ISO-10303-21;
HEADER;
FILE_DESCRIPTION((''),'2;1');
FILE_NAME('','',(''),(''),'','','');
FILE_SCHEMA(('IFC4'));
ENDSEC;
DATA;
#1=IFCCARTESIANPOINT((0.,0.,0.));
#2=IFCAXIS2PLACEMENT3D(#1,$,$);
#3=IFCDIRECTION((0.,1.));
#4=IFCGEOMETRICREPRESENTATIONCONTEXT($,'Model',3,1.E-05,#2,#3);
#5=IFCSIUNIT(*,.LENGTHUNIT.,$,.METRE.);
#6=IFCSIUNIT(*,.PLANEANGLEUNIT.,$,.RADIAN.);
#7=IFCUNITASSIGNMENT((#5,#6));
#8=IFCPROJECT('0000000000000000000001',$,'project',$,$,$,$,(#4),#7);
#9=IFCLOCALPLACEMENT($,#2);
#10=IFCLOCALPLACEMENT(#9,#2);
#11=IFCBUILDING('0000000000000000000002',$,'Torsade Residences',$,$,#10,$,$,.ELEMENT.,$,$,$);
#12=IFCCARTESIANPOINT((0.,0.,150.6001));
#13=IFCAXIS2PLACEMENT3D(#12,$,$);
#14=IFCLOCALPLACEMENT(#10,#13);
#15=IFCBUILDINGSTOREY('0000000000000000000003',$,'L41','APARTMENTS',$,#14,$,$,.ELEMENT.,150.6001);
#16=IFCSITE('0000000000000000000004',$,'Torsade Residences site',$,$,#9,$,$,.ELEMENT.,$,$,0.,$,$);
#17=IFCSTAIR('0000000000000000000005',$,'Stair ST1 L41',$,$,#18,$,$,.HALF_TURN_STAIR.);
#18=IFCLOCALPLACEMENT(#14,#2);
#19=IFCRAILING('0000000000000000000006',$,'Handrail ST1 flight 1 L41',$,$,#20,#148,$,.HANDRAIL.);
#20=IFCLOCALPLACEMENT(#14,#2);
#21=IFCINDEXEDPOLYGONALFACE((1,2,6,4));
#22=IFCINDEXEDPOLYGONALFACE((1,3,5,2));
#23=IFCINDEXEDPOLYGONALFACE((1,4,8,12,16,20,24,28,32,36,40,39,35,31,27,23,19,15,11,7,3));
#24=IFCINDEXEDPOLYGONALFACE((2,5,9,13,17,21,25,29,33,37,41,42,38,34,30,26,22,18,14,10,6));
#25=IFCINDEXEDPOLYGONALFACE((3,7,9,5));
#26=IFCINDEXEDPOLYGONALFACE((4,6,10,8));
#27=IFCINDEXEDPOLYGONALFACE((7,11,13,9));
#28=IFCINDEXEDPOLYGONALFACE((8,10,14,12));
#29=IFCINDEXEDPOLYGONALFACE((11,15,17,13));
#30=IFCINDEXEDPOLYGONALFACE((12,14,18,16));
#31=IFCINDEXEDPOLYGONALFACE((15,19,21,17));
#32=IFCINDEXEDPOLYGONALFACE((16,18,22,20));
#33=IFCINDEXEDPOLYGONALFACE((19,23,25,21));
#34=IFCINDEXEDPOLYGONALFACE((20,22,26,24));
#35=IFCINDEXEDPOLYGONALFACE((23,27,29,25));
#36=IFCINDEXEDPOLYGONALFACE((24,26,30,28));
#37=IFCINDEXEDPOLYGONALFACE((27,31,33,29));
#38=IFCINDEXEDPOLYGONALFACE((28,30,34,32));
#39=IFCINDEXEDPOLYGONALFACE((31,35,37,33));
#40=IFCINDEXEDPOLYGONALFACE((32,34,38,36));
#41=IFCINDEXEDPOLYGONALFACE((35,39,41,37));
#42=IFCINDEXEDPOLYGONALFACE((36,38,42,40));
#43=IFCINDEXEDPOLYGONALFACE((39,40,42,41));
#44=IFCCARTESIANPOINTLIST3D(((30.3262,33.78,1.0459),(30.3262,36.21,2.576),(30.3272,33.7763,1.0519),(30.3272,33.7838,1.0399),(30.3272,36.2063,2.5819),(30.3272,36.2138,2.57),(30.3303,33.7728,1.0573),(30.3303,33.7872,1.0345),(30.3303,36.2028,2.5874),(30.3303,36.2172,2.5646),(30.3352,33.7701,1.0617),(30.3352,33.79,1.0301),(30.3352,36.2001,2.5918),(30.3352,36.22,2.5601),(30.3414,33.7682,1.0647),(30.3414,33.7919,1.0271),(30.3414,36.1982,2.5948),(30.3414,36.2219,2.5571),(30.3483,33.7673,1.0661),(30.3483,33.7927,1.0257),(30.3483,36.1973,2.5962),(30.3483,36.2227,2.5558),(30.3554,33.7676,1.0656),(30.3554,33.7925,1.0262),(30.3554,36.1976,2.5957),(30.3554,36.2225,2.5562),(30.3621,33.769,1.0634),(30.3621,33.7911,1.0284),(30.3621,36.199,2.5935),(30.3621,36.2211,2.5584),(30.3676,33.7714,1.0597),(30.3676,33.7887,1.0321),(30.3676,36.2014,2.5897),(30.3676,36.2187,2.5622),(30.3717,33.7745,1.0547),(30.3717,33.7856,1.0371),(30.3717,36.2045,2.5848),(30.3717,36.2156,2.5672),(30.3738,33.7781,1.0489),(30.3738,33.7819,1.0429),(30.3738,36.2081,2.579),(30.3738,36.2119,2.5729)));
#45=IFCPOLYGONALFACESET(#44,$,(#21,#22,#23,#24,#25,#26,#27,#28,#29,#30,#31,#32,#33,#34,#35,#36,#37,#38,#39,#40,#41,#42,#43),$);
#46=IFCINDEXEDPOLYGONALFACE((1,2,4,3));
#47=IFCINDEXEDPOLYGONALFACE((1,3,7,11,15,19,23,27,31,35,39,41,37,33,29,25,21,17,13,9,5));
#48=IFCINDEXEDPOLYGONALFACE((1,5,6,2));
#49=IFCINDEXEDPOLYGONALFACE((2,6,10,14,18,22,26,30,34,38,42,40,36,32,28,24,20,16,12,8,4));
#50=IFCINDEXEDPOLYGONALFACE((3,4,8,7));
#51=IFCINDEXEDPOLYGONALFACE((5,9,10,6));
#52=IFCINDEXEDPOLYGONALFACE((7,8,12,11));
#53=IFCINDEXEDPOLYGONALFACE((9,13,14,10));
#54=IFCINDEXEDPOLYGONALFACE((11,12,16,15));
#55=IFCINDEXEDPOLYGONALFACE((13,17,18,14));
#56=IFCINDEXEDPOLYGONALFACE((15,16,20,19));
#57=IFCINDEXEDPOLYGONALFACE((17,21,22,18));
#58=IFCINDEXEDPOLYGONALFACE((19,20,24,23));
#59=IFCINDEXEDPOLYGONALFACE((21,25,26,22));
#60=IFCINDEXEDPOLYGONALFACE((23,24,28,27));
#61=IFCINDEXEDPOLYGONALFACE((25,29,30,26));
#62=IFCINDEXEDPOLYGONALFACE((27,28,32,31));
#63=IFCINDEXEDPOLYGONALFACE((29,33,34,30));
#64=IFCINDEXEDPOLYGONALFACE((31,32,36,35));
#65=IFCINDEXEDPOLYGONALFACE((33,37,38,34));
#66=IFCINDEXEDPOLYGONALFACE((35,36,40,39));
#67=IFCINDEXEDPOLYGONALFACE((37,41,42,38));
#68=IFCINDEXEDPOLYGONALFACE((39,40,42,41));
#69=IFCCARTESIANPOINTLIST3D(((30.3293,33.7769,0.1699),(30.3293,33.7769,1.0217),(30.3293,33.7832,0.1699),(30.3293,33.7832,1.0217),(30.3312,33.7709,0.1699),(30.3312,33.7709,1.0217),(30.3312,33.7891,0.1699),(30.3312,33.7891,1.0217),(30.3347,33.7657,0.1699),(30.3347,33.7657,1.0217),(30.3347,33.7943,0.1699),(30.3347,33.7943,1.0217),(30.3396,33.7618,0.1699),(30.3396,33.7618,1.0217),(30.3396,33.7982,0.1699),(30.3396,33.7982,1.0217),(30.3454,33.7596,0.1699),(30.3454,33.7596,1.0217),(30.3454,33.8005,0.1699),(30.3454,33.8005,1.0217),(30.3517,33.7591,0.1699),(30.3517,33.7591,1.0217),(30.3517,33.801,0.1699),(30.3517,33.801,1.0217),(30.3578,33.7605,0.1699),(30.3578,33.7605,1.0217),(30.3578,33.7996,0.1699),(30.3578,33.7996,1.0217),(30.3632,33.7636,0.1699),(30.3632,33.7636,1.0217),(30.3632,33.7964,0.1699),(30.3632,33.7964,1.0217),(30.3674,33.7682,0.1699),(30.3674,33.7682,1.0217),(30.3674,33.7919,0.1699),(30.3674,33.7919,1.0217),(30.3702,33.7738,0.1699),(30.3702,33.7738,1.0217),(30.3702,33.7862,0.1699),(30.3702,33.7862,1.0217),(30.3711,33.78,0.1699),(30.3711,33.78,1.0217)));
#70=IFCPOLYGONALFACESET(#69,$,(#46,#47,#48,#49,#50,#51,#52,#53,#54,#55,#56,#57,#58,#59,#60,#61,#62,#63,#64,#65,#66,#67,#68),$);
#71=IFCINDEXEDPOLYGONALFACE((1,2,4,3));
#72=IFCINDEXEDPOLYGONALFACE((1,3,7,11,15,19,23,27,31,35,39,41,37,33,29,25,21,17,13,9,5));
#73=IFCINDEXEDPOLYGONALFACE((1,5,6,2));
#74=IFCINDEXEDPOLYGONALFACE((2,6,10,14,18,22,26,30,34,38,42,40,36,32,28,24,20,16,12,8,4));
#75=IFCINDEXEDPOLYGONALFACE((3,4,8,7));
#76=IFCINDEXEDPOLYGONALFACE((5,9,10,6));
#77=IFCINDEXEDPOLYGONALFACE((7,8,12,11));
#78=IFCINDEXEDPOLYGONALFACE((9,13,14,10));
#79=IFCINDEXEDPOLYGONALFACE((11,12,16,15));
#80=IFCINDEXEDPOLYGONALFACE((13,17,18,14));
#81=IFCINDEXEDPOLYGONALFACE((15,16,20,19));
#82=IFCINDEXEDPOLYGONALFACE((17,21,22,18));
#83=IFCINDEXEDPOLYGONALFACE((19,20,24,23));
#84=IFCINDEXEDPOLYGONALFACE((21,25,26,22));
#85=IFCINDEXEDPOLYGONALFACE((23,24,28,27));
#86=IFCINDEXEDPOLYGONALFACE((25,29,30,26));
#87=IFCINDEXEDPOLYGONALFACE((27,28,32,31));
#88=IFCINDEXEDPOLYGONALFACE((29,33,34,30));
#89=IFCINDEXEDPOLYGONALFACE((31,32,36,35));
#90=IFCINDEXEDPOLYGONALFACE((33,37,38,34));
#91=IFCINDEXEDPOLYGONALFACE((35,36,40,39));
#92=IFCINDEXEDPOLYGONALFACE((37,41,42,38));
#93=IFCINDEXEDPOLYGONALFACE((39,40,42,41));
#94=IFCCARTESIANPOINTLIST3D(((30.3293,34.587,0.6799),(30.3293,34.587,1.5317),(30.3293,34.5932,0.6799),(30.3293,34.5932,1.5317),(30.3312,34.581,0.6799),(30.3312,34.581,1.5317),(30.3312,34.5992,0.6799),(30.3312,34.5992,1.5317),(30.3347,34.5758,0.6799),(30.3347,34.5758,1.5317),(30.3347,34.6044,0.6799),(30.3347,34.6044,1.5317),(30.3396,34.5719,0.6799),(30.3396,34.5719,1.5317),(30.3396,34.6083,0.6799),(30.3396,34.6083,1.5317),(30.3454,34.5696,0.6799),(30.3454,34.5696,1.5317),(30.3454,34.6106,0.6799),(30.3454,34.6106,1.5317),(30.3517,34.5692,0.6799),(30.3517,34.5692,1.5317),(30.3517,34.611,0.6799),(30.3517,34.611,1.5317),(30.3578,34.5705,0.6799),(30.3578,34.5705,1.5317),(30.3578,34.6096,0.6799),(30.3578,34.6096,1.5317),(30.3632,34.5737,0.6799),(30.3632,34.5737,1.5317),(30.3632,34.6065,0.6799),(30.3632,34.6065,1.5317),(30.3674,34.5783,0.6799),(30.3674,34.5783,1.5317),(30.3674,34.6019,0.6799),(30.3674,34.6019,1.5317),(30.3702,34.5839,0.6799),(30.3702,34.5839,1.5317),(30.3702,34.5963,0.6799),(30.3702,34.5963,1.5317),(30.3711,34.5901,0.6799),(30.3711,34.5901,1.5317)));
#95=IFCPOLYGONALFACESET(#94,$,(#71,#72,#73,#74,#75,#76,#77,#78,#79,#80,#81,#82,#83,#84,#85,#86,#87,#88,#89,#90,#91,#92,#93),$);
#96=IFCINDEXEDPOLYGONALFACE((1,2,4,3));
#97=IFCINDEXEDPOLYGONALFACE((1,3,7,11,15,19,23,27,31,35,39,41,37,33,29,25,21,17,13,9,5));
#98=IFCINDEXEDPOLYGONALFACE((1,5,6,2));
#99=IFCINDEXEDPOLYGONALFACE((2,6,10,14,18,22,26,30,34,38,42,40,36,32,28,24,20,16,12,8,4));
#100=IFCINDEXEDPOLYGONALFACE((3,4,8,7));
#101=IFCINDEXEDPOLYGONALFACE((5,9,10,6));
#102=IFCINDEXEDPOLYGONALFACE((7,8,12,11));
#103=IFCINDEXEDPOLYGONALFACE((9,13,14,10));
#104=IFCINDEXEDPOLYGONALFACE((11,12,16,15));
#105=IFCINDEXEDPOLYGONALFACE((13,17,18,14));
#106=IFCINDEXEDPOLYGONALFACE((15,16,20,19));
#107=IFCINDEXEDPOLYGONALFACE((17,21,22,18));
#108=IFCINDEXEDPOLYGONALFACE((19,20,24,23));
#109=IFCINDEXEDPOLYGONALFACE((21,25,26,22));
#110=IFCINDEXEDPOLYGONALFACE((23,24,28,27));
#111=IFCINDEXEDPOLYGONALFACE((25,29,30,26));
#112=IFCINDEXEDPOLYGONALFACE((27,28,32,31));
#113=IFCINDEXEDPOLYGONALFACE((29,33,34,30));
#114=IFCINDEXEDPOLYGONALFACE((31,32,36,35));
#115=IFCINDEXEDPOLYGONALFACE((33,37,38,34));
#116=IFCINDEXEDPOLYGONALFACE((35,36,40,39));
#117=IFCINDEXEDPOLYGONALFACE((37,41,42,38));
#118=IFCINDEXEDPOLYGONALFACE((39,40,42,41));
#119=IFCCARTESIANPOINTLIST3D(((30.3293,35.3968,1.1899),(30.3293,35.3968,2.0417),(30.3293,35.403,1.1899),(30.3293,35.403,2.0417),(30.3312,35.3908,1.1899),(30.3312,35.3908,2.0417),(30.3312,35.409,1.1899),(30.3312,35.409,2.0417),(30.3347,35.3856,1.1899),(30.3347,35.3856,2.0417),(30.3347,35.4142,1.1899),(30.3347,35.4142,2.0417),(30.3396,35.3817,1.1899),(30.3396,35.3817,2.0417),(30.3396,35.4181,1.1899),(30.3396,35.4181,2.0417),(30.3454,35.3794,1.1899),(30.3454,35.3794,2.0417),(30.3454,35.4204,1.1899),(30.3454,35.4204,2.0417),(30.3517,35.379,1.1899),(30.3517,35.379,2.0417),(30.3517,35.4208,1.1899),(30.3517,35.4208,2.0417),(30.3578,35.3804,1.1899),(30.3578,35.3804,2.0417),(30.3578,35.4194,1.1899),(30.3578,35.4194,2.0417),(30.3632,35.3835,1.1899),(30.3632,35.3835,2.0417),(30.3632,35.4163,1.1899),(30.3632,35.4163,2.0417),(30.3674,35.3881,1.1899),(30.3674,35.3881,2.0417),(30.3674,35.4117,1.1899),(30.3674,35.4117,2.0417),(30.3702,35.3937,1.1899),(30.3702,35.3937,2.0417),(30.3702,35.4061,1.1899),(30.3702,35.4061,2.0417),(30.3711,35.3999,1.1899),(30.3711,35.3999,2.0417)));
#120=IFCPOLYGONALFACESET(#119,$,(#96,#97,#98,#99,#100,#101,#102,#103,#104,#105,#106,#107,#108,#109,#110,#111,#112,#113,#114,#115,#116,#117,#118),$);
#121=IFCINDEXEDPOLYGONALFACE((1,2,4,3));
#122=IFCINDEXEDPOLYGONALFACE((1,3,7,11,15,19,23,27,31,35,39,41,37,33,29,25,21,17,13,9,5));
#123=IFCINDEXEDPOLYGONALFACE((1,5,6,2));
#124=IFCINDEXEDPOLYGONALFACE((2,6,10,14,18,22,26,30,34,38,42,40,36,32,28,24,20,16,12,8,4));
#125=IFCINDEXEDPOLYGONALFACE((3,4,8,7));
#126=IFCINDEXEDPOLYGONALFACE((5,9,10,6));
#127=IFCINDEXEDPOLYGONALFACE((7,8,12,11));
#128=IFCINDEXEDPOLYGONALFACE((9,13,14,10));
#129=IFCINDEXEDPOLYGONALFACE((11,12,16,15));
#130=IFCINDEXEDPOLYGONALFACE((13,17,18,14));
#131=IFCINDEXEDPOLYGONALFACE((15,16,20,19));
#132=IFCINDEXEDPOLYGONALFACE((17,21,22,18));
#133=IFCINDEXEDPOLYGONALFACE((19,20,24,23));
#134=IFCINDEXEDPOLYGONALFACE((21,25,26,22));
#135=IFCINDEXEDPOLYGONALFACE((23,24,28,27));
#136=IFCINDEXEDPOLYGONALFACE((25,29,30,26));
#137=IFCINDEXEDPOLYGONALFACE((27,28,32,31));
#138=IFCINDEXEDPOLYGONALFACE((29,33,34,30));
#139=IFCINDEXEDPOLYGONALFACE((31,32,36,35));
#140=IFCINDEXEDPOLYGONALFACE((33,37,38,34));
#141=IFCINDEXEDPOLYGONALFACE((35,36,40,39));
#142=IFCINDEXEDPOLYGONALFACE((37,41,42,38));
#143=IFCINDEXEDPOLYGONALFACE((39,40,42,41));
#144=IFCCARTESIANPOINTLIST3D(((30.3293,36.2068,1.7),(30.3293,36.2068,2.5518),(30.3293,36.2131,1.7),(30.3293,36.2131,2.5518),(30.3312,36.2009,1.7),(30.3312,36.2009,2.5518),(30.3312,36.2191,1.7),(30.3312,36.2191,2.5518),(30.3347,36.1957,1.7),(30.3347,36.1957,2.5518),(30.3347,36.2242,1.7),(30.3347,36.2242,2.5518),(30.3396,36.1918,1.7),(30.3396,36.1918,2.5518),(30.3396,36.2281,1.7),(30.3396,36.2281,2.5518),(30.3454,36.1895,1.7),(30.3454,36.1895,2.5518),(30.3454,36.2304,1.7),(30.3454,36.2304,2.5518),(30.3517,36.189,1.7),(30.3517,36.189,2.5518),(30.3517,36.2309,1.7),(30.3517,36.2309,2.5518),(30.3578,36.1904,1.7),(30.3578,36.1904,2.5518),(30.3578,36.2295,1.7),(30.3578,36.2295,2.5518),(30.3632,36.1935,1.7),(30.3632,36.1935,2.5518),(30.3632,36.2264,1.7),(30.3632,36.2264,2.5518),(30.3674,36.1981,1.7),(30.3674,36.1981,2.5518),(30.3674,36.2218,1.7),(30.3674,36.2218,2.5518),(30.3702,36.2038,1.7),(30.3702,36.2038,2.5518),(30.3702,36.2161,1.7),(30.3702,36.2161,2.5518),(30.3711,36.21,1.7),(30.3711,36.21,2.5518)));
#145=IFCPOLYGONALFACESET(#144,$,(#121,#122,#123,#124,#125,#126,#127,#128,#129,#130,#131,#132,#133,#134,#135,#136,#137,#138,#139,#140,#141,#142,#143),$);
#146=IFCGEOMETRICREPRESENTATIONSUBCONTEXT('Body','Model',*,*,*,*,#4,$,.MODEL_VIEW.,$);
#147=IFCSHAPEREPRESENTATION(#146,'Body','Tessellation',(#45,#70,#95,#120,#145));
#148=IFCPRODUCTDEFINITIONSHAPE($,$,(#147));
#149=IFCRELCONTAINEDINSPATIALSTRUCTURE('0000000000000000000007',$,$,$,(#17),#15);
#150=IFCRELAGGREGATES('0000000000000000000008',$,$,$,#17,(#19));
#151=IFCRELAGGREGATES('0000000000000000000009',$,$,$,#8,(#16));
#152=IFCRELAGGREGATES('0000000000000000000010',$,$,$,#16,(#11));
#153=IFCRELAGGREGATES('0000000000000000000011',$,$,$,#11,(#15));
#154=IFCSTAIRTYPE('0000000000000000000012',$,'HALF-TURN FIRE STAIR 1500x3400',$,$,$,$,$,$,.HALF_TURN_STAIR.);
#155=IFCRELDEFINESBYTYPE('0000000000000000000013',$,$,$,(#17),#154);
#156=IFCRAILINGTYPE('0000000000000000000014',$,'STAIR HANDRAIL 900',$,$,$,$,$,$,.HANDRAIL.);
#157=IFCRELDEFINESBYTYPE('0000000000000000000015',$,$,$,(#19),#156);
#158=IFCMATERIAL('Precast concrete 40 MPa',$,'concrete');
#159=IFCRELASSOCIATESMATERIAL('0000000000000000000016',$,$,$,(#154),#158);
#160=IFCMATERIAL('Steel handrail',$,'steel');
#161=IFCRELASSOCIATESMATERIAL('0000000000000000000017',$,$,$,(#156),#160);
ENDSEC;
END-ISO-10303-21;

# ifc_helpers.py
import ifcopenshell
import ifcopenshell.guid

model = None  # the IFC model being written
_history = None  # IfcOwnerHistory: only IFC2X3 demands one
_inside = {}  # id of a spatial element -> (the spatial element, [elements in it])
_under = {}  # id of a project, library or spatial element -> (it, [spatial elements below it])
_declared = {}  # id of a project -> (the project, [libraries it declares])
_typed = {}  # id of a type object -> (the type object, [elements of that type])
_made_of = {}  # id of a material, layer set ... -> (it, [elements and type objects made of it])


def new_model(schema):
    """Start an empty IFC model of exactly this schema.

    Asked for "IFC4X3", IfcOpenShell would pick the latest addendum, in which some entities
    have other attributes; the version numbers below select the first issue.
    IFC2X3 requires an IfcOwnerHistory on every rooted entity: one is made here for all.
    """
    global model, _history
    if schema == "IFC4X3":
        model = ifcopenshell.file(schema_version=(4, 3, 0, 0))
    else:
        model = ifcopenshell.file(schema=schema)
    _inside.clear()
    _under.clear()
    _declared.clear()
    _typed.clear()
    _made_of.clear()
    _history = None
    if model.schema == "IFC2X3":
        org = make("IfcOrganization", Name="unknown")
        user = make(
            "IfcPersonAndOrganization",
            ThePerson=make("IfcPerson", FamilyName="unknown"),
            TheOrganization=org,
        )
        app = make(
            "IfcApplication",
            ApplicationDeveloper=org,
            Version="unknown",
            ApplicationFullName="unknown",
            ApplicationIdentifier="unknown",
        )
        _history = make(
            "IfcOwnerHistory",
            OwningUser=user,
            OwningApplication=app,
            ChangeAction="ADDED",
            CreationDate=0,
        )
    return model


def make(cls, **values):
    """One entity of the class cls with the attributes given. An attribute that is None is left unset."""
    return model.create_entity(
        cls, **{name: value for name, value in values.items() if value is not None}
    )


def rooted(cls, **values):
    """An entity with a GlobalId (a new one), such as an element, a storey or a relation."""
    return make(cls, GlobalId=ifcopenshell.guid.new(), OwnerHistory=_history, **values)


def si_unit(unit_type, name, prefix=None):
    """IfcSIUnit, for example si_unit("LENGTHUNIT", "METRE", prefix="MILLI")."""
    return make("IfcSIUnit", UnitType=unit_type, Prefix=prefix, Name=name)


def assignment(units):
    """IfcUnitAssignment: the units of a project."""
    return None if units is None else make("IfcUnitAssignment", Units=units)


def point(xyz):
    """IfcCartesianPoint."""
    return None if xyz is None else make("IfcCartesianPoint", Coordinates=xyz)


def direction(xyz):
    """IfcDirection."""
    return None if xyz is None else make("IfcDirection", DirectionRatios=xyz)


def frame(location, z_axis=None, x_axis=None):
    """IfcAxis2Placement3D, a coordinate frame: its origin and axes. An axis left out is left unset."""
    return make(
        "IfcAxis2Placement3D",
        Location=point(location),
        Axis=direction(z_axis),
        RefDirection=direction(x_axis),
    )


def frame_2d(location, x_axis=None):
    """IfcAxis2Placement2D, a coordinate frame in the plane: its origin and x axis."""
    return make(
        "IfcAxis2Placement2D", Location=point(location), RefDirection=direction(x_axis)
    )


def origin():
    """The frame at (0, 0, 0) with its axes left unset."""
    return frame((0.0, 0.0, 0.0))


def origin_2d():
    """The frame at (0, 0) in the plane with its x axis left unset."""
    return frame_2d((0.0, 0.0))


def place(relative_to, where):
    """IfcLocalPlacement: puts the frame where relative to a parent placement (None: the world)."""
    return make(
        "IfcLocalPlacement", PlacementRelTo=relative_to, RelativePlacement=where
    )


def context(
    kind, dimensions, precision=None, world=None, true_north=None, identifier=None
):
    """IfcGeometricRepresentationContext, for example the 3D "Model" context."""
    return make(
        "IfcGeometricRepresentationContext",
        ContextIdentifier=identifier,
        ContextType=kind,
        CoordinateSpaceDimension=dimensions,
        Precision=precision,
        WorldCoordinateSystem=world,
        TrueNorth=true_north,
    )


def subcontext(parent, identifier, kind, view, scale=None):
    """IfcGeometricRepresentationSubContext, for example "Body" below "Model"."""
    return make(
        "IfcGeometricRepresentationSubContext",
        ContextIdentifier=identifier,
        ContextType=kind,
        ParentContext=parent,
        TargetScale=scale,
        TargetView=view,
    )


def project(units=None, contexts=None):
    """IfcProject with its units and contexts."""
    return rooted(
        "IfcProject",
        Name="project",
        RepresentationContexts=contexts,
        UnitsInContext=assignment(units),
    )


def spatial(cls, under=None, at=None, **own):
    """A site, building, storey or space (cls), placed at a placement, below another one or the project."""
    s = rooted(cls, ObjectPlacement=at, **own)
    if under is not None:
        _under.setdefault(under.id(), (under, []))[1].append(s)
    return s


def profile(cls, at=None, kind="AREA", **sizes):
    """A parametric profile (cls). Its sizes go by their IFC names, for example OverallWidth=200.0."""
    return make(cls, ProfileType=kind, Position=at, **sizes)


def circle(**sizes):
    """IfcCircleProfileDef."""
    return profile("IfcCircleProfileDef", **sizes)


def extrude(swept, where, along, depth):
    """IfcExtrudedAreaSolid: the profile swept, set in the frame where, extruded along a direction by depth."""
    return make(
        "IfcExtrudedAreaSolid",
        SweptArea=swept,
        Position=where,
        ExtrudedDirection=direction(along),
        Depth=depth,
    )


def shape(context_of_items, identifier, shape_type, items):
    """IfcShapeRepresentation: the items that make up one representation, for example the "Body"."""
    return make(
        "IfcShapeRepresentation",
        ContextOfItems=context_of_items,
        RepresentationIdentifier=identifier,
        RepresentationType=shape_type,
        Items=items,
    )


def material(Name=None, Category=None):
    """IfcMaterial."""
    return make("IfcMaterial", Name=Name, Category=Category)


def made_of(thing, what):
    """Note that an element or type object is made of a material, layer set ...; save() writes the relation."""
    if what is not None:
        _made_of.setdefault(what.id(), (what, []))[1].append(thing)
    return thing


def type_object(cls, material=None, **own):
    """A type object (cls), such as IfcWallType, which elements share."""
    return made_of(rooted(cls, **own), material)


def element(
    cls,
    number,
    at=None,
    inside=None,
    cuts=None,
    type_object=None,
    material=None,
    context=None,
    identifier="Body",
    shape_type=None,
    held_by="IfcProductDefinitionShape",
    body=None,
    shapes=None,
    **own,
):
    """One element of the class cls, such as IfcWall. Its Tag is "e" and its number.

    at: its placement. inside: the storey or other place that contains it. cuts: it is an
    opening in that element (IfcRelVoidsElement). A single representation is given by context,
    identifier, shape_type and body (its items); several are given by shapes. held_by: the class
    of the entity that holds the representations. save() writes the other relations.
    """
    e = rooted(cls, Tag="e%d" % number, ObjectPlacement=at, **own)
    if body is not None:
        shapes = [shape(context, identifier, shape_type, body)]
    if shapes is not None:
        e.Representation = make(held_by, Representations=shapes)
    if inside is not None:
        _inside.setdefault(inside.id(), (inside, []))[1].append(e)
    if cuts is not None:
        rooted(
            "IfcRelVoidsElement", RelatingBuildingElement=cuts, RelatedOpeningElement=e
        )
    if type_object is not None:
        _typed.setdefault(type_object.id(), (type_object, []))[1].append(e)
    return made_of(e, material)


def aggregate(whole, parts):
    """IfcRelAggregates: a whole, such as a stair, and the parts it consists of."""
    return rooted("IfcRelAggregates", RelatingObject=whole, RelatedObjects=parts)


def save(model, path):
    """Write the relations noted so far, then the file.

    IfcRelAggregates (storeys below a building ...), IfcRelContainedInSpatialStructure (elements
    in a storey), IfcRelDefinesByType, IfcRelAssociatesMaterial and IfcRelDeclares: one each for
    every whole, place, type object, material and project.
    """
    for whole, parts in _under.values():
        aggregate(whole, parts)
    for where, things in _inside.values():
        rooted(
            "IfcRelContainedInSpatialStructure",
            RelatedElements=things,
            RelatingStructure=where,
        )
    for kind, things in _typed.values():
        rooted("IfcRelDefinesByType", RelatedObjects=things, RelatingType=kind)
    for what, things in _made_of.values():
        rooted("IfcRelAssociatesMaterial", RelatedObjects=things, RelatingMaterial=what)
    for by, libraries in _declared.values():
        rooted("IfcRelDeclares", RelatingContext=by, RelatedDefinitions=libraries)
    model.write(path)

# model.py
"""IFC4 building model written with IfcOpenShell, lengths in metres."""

from ifc_helpers import new_model, si_unit, direction, frame, origin, origin_2d, place, context, subcontext, project, spatial, circle, extrude, material, type_object, element, aggregate, save


model = new_model("IFC4")

# Units and contexts
model_context = context("Model", 3, precision=1e-05, world=origin(), true_north=direction((0.0, 1.0)))
body_context = subcontext(model_context, "Body", "Model", "MODEL_VIEW")
ifc_project = project(units=[si_unit("LENGTHUNIT", "METRE"), si_unit("PLANEANGLEUNIT", "RADIAN")], contexts=[model_context])

# Site, building, storey
site_placement = place(None, origin())
site = spatial("IfcSite", under=ifc_project, at=site_placement, Name="Torsade Residences site", CompositionType="ELEMENT", RefElevation=0.0)
building_placement = place(site_placement, origin())
building = spatial("IfcBuilding", under=site, at=building_placement, Name="Torsade Residences", CompositionType="ELEMENT")
storey_placement = place(building_placement, frame((0.0, 0.0, 150.6001)))
storey = spatial("IfcBuildingStorey", under=building, at=storey_placement, Name="L41", Description="APARTMENTS", CompositionType="ELEMENT", Elevation=150.6001)

# Stair, railing
ifc_material_1 = material(Name="Precast concrete 40 MPa", Category="concrete")
stair_type = type_object("IfcStairType", Name="HALF-TURN FIRE STAIR 1500x3400", PredefinedType="HALF_TURN_STAIR", material=ifc_material_1)
stair_placement = place(storey_placement, origin())
stair = element("IfcStair", 1, at=stair_placement, inside=storey, type_object=stair_type, Name="Stair ST1 L41", PredefinedType="HALF_TURN_STAIR")
ifc_material_2 = material(Name="Steel handrail", Category="steel")
railing_type = type_object("IfcRailingType", Name="STAIR HANDRAIL 900", PredefinedType="HANDRAIL", material=ifc_material_2)
railing_1_placement = place(storey_placement, frame((30.3501, 33.78, 0.1699)))
railing_1 = element("IfcRailing", 2, at=railing_1_placement, type_object=railing_type, Name="Handrail ST1 flight 1 L41", PredefinedType="HANDRAIL", context=body_context, shape_type="SweptSolid", body=[
    extrude(circle(Radius=0.0239, at=origin_2d()), frame((0.0, 0.0, 0.876), z_axis=(0.0, 0.846221, 0.532831), x_axis=(-1.0, 0.0, 0.0)), (0.0, 0.0, 1.0), 2.8716),
    extrude(circle(Radius=0.021, at=origin_2d()), origin(), (0.0, 0.0, 1.0), 0.8518),
    extrude(circle(Radius=0.021, at=origin_2d()), frame((0.0, 0.8101, 0.51)), (0.0, 0.0, 1.0), 0.8518),
    extrude(circle(Radius=0.021, at=origin_2d()), frame((0.0, 1.6199, 1.02)), (0.0, 0.0, 1.0), 0.8518),
    extrude(circle(Radius=0.021, at=origin_2d()), frame((0.0, 2.4299, 1.53)), (0.0, 0.0, 1.0), 0.8518),
])
aggregate(stair, [railing_1])

save(model, "model.ifc")
